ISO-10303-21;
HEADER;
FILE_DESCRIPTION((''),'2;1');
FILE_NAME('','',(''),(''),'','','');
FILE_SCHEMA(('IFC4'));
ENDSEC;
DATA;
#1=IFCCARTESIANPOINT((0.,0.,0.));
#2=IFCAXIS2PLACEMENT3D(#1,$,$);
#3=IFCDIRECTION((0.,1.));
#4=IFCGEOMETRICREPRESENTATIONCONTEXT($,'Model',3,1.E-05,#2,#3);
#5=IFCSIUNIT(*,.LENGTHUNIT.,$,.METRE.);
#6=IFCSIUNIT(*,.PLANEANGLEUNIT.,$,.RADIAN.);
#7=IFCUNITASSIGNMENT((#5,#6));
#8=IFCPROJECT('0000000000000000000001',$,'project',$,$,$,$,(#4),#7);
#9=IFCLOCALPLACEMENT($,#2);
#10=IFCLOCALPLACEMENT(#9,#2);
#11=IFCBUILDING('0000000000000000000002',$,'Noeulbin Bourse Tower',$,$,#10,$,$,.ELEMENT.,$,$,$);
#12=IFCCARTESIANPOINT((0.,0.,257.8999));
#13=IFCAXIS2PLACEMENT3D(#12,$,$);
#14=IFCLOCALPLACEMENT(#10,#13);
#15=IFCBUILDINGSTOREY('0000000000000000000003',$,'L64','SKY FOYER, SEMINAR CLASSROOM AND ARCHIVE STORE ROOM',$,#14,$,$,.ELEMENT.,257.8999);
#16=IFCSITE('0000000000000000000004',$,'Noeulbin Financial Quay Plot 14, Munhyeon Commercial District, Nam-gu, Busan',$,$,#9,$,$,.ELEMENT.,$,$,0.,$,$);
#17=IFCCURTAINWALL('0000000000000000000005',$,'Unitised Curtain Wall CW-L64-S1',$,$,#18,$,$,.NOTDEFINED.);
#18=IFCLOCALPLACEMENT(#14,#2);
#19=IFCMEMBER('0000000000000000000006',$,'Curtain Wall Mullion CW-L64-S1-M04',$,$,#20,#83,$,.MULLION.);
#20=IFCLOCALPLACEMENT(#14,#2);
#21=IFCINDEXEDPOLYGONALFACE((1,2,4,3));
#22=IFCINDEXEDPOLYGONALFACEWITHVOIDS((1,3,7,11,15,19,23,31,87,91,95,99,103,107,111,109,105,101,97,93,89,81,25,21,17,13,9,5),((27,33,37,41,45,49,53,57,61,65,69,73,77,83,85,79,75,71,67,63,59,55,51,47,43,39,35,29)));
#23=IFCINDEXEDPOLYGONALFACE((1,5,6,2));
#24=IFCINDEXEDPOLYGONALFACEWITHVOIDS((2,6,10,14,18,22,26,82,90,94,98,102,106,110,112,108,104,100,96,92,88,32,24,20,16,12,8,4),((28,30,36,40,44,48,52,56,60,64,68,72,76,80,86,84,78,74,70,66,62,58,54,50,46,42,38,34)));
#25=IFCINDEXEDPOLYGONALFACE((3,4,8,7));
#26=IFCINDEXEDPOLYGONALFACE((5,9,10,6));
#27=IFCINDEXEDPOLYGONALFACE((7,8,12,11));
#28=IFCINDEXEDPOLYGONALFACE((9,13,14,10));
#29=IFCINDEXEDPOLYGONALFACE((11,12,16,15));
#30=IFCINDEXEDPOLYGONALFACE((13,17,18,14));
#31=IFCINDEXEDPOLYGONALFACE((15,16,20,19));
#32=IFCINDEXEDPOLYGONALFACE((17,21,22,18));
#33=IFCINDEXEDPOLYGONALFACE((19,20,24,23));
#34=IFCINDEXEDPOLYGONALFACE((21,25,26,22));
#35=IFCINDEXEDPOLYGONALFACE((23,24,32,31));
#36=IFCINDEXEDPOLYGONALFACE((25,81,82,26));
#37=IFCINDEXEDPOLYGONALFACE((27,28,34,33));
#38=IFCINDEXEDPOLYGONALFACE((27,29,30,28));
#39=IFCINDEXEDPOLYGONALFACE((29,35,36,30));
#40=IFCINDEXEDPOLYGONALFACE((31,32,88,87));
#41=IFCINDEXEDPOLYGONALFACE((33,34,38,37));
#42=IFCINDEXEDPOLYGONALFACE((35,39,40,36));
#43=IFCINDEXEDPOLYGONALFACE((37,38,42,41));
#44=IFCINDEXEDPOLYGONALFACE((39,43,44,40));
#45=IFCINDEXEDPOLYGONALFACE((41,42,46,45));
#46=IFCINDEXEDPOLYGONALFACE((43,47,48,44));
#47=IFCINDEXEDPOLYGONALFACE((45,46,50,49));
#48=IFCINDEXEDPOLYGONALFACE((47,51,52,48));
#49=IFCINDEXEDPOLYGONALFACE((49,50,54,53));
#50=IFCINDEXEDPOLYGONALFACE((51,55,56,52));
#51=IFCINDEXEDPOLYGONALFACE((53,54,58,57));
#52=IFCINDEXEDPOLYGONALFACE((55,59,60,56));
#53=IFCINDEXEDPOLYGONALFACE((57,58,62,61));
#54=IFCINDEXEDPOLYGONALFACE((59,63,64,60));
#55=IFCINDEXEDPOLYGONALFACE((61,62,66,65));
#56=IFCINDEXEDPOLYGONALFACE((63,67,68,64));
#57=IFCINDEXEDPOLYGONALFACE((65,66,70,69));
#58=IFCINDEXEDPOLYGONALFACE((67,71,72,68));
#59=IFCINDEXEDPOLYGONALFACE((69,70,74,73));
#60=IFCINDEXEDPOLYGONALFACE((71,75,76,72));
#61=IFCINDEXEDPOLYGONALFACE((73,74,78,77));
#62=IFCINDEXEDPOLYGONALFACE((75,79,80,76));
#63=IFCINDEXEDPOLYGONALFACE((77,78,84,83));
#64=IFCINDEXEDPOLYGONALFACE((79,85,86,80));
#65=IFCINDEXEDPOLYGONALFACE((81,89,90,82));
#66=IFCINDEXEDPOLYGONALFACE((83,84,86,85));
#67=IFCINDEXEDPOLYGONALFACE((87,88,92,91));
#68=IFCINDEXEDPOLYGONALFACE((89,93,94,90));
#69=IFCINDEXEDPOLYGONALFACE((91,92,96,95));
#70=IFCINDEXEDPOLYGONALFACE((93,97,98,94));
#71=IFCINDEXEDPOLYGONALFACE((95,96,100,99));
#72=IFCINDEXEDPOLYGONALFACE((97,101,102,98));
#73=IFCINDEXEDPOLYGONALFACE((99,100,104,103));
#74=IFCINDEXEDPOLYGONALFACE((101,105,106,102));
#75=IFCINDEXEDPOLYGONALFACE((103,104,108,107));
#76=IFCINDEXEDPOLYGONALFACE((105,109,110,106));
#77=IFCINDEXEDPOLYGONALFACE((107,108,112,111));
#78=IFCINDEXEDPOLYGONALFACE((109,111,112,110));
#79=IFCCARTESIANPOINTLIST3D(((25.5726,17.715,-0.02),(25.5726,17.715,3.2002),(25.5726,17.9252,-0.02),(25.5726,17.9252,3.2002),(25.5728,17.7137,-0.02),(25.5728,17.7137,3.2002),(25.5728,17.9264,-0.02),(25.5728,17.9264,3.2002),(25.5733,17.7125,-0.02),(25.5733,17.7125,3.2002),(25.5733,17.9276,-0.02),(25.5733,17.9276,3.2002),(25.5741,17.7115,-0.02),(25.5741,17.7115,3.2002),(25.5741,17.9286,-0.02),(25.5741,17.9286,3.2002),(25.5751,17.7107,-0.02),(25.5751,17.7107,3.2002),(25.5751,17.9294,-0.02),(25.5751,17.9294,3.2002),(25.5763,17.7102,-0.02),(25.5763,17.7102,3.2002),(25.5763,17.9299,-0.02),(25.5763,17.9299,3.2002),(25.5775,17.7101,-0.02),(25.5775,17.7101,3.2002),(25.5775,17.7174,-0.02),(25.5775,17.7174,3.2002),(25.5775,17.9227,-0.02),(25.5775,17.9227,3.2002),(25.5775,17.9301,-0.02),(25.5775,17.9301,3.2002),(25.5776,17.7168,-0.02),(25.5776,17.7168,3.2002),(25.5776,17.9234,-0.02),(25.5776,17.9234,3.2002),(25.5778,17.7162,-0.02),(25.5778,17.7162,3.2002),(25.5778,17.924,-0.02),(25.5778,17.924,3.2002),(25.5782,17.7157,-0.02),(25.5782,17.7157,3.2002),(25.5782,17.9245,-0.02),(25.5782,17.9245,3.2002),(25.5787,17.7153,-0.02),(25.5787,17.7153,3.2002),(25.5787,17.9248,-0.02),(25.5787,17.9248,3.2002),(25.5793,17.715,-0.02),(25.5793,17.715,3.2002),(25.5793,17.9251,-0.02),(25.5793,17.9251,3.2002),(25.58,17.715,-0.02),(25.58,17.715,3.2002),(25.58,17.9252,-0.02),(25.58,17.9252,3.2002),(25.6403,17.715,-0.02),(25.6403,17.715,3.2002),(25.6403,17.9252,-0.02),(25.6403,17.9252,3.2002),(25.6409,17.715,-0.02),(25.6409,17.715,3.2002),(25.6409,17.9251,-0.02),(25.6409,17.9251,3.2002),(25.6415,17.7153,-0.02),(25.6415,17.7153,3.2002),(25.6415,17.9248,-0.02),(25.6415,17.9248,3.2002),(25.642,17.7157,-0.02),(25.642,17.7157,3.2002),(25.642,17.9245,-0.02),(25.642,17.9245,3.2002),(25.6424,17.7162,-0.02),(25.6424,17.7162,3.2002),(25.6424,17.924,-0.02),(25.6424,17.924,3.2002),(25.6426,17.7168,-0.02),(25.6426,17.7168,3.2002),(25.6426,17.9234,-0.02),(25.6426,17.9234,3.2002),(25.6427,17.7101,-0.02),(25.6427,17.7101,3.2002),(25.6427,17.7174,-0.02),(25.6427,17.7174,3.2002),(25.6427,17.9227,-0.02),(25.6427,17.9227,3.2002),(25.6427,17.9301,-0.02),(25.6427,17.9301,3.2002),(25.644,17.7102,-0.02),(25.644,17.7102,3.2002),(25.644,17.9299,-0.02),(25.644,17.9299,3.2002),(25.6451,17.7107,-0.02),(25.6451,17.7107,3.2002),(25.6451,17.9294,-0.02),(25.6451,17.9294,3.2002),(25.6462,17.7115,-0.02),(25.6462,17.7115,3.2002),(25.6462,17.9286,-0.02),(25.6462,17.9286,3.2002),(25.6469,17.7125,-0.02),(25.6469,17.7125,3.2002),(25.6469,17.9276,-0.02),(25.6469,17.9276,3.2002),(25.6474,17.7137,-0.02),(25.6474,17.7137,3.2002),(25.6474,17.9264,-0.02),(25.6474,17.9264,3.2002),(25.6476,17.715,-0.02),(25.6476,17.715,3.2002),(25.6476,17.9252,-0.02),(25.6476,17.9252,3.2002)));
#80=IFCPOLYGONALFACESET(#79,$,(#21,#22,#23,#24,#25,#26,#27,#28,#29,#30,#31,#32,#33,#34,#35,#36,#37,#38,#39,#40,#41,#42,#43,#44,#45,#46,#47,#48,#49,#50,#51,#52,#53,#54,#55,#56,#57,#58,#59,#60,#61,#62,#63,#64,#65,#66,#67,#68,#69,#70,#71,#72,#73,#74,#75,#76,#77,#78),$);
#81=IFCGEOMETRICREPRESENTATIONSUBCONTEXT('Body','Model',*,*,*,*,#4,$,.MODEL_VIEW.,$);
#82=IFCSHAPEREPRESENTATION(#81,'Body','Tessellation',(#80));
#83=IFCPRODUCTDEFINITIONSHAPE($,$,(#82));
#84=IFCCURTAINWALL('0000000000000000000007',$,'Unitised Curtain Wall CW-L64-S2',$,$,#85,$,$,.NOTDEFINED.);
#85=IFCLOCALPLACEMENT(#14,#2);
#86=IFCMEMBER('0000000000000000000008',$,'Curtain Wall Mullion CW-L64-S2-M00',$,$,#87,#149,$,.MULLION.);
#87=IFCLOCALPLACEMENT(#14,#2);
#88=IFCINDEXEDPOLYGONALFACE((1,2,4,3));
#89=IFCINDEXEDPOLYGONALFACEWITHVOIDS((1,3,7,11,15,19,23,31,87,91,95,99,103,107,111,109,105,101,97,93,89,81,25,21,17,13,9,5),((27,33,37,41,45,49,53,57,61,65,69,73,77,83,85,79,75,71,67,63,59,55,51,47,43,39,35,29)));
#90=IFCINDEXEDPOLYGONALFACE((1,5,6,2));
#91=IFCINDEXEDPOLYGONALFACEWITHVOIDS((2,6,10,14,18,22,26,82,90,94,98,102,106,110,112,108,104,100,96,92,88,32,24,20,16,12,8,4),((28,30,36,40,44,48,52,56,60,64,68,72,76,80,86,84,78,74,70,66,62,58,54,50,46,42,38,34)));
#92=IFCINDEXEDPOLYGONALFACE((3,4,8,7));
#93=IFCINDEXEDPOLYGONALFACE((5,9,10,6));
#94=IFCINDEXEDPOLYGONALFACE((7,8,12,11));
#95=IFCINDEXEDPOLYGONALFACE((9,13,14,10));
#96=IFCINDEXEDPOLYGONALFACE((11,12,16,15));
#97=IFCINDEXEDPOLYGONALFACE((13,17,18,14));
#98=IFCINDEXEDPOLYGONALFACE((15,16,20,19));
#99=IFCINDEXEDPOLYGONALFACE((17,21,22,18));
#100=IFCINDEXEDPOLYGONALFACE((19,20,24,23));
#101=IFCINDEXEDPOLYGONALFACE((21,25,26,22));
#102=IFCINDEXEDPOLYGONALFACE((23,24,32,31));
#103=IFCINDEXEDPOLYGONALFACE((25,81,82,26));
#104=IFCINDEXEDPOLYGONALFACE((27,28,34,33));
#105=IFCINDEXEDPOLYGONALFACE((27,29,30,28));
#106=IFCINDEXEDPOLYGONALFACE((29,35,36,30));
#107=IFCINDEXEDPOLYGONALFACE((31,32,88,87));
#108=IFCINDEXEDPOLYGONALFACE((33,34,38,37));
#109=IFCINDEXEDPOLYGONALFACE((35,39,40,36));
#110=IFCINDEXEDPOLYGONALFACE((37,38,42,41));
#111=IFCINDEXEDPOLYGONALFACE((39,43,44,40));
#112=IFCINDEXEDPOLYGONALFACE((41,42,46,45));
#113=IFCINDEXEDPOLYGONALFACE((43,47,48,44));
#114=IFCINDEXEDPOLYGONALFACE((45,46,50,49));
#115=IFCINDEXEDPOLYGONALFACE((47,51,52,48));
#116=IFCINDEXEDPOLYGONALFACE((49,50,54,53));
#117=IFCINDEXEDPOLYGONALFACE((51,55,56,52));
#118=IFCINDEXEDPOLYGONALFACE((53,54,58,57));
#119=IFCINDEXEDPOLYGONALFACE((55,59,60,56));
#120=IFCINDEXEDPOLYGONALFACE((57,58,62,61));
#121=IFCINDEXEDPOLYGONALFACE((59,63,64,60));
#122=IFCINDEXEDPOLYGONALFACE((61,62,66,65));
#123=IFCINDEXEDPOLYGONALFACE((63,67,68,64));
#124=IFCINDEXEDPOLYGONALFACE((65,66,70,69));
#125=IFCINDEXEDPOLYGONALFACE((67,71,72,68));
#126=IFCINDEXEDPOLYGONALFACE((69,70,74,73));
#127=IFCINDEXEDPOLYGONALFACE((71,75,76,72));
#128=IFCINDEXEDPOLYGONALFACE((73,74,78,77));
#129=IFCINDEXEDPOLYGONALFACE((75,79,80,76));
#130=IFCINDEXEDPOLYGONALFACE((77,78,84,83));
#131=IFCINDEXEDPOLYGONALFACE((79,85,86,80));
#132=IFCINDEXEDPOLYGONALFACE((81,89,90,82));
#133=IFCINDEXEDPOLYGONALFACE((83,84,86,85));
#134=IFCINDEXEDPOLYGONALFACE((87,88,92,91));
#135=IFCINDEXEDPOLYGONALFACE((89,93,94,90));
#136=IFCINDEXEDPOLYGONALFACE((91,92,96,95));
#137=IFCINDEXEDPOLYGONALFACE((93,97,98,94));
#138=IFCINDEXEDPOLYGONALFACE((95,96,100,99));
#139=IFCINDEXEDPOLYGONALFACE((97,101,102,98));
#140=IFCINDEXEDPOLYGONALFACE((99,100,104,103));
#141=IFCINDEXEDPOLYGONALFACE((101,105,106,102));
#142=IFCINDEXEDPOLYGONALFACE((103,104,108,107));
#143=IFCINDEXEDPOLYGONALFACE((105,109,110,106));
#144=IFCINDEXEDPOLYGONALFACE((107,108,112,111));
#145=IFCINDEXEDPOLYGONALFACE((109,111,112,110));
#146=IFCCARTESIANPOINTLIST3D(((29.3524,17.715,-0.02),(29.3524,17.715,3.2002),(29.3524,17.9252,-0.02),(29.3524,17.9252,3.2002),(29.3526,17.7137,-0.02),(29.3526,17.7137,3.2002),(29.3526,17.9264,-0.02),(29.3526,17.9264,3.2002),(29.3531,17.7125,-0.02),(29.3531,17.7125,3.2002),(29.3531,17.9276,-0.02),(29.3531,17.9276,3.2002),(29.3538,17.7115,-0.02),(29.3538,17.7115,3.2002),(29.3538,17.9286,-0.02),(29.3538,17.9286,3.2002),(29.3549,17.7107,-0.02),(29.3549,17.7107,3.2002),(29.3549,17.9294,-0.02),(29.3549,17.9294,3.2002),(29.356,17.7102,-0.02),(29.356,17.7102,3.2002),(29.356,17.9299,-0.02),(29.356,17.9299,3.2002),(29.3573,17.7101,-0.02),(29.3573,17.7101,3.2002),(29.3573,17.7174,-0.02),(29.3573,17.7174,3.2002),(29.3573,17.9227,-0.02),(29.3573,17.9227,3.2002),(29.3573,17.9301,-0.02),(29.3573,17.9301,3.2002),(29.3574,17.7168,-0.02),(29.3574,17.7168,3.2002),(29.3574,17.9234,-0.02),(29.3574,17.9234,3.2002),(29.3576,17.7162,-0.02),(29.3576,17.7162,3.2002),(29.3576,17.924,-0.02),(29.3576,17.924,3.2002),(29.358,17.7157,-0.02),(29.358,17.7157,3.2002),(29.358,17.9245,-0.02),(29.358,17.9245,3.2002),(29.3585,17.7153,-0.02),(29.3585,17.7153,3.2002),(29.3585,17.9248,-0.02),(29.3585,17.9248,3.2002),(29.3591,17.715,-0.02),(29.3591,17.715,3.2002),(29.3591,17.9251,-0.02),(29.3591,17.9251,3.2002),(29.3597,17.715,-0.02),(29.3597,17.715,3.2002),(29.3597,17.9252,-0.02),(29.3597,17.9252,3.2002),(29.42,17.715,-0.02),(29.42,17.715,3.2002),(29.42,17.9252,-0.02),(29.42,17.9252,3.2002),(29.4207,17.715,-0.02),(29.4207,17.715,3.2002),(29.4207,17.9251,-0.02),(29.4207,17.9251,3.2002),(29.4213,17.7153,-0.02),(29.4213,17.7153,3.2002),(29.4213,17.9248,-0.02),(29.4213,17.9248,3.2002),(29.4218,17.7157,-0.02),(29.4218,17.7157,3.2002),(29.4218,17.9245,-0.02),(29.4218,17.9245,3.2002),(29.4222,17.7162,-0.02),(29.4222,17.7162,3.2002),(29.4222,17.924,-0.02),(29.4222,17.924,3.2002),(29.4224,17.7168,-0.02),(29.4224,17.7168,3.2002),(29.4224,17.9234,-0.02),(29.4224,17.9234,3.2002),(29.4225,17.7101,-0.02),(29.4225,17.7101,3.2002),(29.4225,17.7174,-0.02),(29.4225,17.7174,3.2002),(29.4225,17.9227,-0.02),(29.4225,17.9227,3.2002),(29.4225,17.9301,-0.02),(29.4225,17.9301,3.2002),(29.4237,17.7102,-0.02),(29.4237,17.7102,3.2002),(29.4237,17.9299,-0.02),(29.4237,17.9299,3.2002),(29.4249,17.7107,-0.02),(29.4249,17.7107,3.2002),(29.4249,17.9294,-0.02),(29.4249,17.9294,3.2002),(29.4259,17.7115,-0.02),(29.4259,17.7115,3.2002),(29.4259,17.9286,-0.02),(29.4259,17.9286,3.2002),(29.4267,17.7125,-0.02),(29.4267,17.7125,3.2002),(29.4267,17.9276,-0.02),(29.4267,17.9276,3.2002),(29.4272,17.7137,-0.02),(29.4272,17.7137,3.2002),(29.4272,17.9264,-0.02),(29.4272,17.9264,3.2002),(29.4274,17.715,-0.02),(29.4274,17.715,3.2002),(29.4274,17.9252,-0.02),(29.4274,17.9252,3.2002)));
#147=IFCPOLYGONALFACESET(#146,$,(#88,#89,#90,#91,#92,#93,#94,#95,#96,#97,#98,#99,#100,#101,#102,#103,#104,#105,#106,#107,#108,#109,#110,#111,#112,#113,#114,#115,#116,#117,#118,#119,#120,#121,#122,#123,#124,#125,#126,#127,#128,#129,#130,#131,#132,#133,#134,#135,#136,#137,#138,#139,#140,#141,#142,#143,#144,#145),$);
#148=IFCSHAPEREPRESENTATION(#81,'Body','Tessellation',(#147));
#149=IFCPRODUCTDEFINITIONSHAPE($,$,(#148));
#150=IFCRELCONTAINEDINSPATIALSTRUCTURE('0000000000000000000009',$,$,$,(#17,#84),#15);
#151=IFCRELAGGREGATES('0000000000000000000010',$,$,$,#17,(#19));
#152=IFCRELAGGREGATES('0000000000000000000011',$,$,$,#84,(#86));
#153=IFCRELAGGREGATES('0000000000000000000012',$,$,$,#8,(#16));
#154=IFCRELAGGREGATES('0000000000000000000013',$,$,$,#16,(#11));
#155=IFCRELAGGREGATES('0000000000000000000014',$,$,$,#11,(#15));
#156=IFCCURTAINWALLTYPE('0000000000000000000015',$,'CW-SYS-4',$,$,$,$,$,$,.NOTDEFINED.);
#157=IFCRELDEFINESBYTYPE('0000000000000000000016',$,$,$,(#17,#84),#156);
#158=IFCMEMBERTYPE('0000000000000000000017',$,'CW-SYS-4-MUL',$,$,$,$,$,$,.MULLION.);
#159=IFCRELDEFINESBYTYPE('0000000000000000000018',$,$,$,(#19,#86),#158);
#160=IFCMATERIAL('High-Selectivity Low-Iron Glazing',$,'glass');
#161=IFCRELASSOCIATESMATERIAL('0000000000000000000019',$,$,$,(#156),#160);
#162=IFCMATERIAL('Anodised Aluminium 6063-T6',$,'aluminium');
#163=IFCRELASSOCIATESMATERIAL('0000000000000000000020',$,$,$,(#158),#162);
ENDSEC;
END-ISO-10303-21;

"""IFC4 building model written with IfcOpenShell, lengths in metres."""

from ifc_helpers import new_model, si_unit, direction, frame, origin, origin_2d, place, context, subcontext, project, spatial, hollow_rectangle, extrude, material, material_profile, profile_set, type_object, element, aggregate, save


model = new_model("IFC4")

# Units and contexts
model_context = context("Model", 3, precision=1e-05, world=origin(), true_north=direction((0.0, 1.0)))
body_context = subcontext(model_context, "Body", "Model", "MODEL_VIEW")
ifc_project = project(units=[si_unit("LENGTHUNIT", "METRE"), si_unit("PLANEANGLEUNIT", "RADIAN")], contexts=[model_context])

# Site, building, storey
site_placement = place(None, origin())
site = spatial("IfcSite", under=ifc_project, at=site_placement, Name="Noeulbin Financial Quay Plot 14, Munhyeon Commercial District, Nam-gu, Busan", CompositionType="ELEMENT", RefElevation=0.0)
building_placement = place(site_placement, origin())
building = spatial("IfcBuilding", under=site, at=building_placement, Name="Noeulbin Bourse Tower", CompositionType="ELEMENT")
storey_placement = place(building_placement, frame((0.0, 0.0, 257.8999)))
storey = spatial("IfcBuildingStorey", under=building, at=storey_placement, Name="L64", Description="SKY FOYER, SEMINAR CLASSROOM AND ARCHIVE STORE ROOM", CompositionType="ELEMENT", Elevation=257.8999)

# Shared definitions
ifc_material_1 = material(Name="High-Selectivity Low-Iron Glazing", Category="glass")
curtain_wall_type = type_object("IfcCurtainWallType", Name="CW-SYS-4", PredefinedType="NOTDEFINED", material=ifc_material_1)
ifc_material_2 = material(Name="Anodised Aluminium 6063-T6", Category="aluminium")
ifc_material_profile_1 = material_profile(ifc_material_2, hollow_rectangle(XDim=0.075, YDim=0.22, WallThickness=0.0049, InnerFilletRadius=0.0024, OuterFilletRadius=0.0049, at=origin_2d()), Name="ALU-MULL-75x220x5", Category="LoadBearing")
ifc_profile_set_1 = profile_set([ifc_material_profile_1], Name="Anodised Aluminium 6063-T6")
member_type_1 = type_object("IfcMemberType", Name="CW-SYS-4-MUL", PredefinedType="MULLION", material=ifc_profile_set_1)

# Curtain wall, member
curtain_wall_1_placement = place(storey_placement, origin())
curtain_wall_1 = element("IfcCurtainWall", 1, at=curtain_wall_1_placement, inside=storey, type_object=curtain_wall_type, Name="Unitised Curtain Wall CW-L64-S1", PredefinedType="NOTDEFINED")
member_1_placement = place(storey_placement, frame((25.6101, 17.8201, -0.02), z_axis=(0.0, 0.0, 1.0), x_axis=(1.0, 0.0, 0.0)))
member_1 = element("IfcMember", 2, at=member_1_placement, type_object=member_type_1, Name="Curtain Wall Mullion CW-L64-S1-M04", PredefinedType="MULLION", context=body_context, shape_type="SweptSolid", body=[
    extrude(hollow_rectangle(XDim=0.075, YDim=0.22, WallThickness=0.0049, InnerFilletRadius=0.0024, OuterFilletRadius=0.0049, at=origin_2d()), origin(), (0.0, 0.0, 1.0), 3.2202),
])
aggregate(curtain_wall_1, [member_1])

# Curtain wall, member
curtain_wall_2_placement = place(storey_placement, origin())
curtain_wall_2 = element("IfcCurtainWall", 3, at=curtain_wall_2_placement, inside=storey, type_object=curtain_wall_type, Name="Unitised Curtain Wall CW-L64-S2", PredefinedType="NOTDEFINED")
member_2_placement = place(storey_placement, frame((29.3899, 17.8201, -0.02), z_axis=(0.0, 0.0, 1.0), x_axis=(1.0, 0.0, 0.0)))
member_2 = element("IfcMember", 4, at=member_2_placement, type_object=member_type_1, Name="Curtain Wall Mullion CW-L64-S2-M00", PredefinedType="MULLION", context=body_context, shape_type="SweptSolid", body=[
    extrude(hollow_rectangle(XDim=0.075, YDim=0.22, WallThickness=0.0049, InnerFilletRadius=0.0024, OuterFilletRadius=0.0049, at=origin_2d()), origin(), (0.0, 0.0, 1.0), 3.2202),
])

aggregate(curtain_wall_2, [member_2])

save(model, "model.ifc")
